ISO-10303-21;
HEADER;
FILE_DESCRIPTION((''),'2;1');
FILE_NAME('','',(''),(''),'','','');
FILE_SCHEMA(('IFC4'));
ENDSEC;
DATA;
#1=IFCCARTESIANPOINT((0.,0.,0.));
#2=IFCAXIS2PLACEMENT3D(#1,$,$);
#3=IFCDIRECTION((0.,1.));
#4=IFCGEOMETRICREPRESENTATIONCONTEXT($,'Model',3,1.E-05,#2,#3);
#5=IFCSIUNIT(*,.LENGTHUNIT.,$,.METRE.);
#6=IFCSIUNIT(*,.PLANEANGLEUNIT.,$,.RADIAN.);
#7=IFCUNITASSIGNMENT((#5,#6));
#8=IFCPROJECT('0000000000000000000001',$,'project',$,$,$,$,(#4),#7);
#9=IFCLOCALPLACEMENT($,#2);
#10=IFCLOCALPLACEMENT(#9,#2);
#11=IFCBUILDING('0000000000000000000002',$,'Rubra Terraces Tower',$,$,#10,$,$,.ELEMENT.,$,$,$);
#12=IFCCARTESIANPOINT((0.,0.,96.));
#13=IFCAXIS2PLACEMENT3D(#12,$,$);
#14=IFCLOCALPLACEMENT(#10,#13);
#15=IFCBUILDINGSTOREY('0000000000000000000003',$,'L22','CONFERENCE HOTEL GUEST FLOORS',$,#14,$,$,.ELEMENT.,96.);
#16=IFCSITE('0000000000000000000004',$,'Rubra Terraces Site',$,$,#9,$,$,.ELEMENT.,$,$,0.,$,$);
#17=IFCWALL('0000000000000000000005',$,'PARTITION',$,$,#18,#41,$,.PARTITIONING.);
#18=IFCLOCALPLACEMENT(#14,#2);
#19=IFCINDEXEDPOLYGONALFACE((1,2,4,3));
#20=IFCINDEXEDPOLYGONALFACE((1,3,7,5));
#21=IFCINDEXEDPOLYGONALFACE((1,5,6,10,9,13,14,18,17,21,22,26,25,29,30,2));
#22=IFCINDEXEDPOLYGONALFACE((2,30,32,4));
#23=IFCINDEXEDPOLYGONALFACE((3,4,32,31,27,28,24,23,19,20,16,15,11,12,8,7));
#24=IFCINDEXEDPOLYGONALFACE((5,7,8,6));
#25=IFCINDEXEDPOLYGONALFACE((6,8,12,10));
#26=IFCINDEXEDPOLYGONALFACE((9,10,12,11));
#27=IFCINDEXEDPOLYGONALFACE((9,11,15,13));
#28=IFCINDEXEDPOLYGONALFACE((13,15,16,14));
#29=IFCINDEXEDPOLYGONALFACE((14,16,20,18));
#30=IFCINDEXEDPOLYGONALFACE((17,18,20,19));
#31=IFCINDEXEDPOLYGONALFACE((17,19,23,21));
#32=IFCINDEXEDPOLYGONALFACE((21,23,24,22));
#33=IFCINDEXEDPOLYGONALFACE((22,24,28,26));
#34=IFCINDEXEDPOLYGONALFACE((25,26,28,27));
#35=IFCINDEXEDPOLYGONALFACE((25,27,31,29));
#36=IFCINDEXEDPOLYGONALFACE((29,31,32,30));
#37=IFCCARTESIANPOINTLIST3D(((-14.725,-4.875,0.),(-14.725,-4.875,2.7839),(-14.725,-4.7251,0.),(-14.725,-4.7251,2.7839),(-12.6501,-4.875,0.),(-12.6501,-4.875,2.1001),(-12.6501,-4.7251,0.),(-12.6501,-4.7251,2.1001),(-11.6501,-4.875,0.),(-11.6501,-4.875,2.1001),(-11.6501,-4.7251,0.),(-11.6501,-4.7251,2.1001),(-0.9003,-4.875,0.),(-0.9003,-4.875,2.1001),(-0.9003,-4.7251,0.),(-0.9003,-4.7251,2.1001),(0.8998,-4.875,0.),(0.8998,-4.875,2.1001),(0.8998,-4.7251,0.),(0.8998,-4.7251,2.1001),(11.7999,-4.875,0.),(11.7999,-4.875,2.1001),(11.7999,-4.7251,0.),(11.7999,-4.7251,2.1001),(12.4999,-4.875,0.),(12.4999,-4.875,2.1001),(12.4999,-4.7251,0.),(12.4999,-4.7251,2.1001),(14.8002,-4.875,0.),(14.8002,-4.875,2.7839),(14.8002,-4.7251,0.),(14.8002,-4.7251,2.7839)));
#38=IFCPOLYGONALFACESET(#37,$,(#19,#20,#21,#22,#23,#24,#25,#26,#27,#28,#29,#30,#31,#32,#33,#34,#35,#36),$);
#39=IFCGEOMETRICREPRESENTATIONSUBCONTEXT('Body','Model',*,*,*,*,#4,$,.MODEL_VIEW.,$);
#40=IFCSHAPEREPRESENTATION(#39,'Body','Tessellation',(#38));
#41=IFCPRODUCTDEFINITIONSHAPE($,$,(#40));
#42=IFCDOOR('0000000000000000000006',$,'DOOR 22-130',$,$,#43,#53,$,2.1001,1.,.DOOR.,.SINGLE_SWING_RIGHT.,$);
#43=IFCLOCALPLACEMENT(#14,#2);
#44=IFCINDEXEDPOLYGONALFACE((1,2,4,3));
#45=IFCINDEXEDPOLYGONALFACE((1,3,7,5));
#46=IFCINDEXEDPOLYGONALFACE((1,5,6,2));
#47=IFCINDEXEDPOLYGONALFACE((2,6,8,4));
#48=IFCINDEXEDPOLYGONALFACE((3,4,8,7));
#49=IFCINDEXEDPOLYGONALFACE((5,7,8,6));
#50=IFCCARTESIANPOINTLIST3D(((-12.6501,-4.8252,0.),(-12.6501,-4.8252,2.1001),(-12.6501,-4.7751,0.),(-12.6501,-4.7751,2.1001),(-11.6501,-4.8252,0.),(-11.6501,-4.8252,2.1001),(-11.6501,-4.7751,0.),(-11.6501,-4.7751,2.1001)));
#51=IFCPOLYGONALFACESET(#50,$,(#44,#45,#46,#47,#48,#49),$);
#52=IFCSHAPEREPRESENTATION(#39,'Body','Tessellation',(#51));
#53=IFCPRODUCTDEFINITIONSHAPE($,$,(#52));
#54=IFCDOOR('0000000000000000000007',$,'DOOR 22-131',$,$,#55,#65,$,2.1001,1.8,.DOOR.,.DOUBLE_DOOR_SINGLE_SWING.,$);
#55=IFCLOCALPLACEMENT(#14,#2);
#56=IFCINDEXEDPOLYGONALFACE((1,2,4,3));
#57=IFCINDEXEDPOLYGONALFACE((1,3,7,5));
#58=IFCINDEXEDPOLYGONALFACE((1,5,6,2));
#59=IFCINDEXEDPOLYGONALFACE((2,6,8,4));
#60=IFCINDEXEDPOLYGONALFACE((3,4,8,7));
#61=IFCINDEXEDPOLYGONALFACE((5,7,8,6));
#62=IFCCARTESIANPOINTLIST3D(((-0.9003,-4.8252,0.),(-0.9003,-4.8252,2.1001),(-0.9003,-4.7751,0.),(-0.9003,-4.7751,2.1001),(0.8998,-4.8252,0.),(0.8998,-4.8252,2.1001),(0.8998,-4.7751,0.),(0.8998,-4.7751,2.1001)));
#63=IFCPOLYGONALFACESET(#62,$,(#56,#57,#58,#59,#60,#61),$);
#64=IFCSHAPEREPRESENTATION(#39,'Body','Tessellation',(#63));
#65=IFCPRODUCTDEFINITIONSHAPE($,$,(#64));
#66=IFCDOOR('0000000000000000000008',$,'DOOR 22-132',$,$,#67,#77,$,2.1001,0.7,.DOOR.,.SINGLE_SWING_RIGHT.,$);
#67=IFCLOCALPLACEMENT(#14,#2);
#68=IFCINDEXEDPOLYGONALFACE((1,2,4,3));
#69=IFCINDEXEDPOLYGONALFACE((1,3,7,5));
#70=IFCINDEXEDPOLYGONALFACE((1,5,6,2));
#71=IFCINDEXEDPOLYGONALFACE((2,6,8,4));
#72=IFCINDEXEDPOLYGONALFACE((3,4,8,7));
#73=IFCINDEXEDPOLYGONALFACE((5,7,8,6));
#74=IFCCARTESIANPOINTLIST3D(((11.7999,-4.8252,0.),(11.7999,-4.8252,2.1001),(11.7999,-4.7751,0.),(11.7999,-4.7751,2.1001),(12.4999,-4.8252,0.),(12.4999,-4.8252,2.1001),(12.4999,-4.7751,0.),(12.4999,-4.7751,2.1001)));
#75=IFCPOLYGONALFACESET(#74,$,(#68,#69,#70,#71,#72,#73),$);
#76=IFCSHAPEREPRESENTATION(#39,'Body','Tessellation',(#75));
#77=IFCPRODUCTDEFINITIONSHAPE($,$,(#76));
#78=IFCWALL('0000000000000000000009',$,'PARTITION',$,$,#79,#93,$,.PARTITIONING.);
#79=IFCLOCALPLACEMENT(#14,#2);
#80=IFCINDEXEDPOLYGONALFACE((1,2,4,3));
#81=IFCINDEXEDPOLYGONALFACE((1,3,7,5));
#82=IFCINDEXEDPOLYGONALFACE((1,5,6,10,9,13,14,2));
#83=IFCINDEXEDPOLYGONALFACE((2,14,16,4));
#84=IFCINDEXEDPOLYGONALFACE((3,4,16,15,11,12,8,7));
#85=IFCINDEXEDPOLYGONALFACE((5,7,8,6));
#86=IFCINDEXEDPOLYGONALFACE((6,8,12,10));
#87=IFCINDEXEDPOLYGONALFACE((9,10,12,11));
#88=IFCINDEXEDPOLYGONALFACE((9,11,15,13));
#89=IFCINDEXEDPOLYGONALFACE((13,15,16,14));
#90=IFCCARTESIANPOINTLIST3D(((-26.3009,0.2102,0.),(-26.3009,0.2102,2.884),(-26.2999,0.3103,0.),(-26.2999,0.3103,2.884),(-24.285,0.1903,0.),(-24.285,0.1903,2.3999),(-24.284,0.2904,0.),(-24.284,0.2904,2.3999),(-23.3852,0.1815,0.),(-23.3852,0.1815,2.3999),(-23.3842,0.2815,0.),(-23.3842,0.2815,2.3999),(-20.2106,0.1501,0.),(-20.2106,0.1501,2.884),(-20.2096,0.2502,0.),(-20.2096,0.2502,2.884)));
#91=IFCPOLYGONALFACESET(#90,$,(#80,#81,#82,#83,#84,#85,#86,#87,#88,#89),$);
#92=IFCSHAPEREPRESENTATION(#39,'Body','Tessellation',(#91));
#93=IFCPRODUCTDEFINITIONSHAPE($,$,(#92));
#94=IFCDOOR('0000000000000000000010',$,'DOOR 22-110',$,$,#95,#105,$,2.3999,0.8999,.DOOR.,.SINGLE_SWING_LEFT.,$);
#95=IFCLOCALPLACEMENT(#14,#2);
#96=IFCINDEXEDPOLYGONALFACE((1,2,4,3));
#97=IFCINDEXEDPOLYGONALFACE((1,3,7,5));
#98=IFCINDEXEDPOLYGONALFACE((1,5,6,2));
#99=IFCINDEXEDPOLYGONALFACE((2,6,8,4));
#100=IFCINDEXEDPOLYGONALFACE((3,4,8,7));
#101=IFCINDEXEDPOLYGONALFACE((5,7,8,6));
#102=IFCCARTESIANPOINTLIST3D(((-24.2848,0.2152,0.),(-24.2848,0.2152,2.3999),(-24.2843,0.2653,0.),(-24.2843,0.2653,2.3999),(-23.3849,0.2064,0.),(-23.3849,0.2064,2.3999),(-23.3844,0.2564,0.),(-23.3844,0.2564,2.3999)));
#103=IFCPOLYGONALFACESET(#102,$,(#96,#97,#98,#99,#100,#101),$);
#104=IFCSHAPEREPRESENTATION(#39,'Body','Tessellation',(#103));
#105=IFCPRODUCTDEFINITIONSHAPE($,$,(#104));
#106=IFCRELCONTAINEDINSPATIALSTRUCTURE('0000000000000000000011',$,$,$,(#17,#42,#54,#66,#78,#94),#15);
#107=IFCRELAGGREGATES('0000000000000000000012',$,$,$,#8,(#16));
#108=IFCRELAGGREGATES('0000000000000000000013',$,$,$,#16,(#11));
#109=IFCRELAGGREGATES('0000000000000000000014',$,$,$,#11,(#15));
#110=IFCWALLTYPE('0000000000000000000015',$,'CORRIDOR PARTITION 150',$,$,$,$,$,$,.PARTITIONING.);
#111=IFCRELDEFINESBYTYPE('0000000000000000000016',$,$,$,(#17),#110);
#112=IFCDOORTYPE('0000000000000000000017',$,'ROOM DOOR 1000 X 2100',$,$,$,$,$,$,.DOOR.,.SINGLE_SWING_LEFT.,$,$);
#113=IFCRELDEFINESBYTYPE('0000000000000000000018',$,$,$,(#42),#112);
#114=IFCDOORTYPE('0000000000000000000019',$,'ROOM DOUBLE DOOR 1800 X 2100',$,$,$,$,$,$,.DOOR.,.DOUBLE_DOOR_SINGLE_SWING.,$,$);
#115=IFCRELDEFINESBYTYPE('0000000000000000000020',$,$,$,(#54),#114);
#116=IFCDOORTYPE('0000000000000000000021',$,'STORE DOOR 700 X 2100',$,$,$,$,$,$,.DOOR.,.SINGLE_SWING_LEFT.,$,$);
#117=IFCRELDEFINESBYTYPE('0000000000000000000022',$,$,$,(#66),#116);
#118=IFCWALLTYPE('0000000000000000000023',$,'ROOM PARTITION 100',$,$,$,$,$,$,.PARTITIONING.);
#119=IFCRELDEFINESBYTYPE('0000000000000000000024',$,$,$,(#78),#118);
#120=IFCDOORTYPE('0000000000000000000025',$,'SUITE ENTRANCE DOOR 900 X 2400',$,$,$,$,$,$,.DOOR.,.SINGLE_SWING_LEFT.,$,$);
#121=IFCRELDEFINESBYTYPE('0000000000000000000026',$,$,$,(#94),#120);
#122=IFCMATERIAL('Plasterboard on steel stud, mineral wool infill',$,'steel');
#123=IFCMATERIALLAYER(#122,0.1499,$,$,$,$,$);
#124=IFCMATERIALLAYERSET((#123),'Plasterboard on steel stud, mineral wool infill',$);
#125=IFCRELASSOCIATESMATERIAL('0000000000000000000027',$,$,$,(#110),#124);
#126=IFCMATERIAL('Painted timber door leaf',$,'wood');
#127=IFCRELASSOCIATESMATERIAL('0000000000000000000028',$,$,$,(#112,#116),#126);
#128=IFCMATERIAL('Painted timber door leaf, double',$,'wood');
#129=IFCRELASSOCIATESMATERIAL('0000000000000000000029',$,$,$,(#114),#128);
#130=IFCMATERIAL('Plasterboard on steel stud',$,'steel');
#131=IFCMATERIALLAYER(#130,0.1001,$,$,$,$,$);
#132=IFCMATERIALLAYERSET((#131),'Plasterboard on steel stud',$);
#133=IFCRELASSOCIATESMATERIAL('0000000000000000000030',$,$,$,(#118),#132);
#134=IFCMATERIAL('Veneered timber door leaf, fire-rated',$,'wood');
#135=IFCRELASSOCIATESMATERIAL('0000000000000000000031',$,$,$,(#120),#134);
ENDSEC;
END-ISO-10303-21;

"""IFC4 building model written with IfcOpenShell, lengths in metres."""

from ifc_helpers import new_model, si_unit, direction, frame, frame_2d, origin, place, context, subcontext, project, spatial, rectangle, extrude, material, layer, layer_set, type_object, element, fill, save


model = new_model("IFC4")

# Units and contexts
model_context = context("Model", 3, precision=1e-05, world=origin(), true_north=direction((0.0, 1.0)))
body_context = subcontext(model_context, "Body", "Model", "MODEL_VIEW")
ifc_project = project(units=[si_unit("LENGTHUNIT", "METRE"), si_unit("PLANEANGLEUNIT", "RADIAN")], contexts=[model_context])

# Site, building, storey
site_placement = place(None, origin())
site = spatial("IfcSite", under=ifc_project, at=site_placement, Name="Rubra Terraces Site", CompositionType="ELEMENT", RefElevation=0.0)
building_placement = place(site_placement, origin())
building = spatial("IfcBuilding", under=site, at=building_placement, Name="Rubra Terraces Tower", CompositionType="ELEMENT")
storey_placement = place(building_placement, frame((0.0, 0.0, 96.0)))
storey = spatial("IfcBuildingStorey", under=building, at=storey_placement, Name="L22", Description="CONFERENCE HOTEL GUEST FLOORS", CompositionType="ELEMENT", Elevation=96.0)

# Shared definitions
ifc_material_1 = material(Name="Plasterboard on steel stud, mineral wool infill", Category="steel")
ifc_layer_1 = layer(ifc_material_1, 0.1499)
ifc_layer_set_1 = layer_set([ifc_layer_1], Name="Plasterboard on steel stud, mineral wool infill")
wall_type_1 = type_object("IfcWallType", Name="CORRIDOR PARTITION 150", PredefinedType="PARTITIONING", material=ifc_layer_set_1)
ifc_material_2 = material(Name="Painted timber door leaf", Category="wood")
door_type_1 = type_object("IfcDoorType", Name="ROOM DOOR 1000 X 2100", OperationType="SINGLE_SWING_LEFT", PredefinedType="DOOR", material=ifc_material_2)

# Wall, openings, doors
wall_1_placement = place(storey_placement, frame((-14.7251, -4.8, 0.0), z_axis=(0.0, 0.0, 1.0), x_axis=(1.0, 0.0, 0.0)))
wall_1 = element("IfcWall", 1, at=wall_1_placement, inside=storey, type_object=wall_type_1, Name="PARTITION", PredefinedType="PARTITIONING", context=body_context, shape_type="SweptSolid", body=[
    extrude(rectangle(XDim=29.5251, YDim=0.1499, at=frame_2d((14.7627, 0.0))), origin(), (0.0, 0.0, 1.0), 2.7839),
])
opening_1_placement = place(wall_1_placement, frame((2.075, 0.0, 0.0)))
opening_1 = element("IfcOpeningElement", 2, at=opening_1_placement, cuts=wall_1, PredefinedType="OPENING", context=body_context, shape_type="SweptSolid", body=[
    extrude(rectangle(XDim=1.0, YDim=2.1001, at=frame_2d((0.5, 1.05))), frame((0.0, 0.085, 0.0), z_axis=(0.0, -1.0, 0.0), x_axis=(1.0, 0.0, 0.0)), (0.0, 0.0, 1.0), 0.1699),
])
opening_2_placement = place(wall_1_placement, frame((13.825, 0.0, 0.0)))
opening_2 = element("IfcOpeningElement", 3, at=opening_2_placement, cuts=wall_1, PredefinedType="OPENING", context=body_context, shape_type="SweptSolid", body=[
    extrude(rectangle(XDim=1.8, YDim=2.1001, at=frame_2d((0.8999, 1.05))), frame((0.0, 0.085, 0.0), z_axis=(0.0, -1.0, 0.0), x_axis=(1.0, 0.0, 0.0)), (0.0, 0.0, 1.0), 0.1699),
])
opening_3_placement = place(wall_1_placement, frame((26.5249, 0.0, 0.0)))
opening_3 = element("IfcOpeningElement", 4, at=opening_3_placement, cuts=wall_1, PredefinedType="OPENING", context=body_context, shape_type="SweptSolid", body=[
    extrude(rectangle(XDim=0.7, YDim=2.1001, at=frame_2d((0.3501, 1.05))), frame((0.0, 0.085, 0.0), z_axis=(0.0, -1.0, 0.0), x_axis=(1.0, 0.0, 0.0)), (0.0, 0.0, 1.0), 0.1699),
])
door_1_placement = place(opening_1_placement, origin())
door_1 = element("IfcDoor", 5, at=door_1_placement, inside=storey, type_object=door_type_1, Name="DOOR 22-130", OperationType="SINGLE_SWING_RIGHT", OverallHeight=2.1001, OverallWidth=1.0, PredefinedType="DOOR", context=body_context, shape_type="SweptSolid", body=[
    extrude(rectangle(XDim=1.0, YDim=2.1001, at=frame_2d((0.5, 1.05))), frame((0.0, 0.0249, 0.0), z_axis=(0.0, -1.0, 0.0), x_axis=(1.0, 0.0, 0.0)), (0.0, 0.0, 1.0), 0.05),
])
fill(opening_1, door_1)
ifc_material_3 = material(Name="Painted timber door leaf, double", Category="wood")
door_type_2 = type_object("IfcDoorType", Name="ROOM DOUBLE DOOR 1800 X 2100", OperationType="DOUBLE_DOOR_SINGLE_SWING", PredefinedType="DOOR", material=ifc_material_3)
door_2_placement = place(opening_2_placement, origin())
door_2 = element("IfcDoor", 6, at=door_2_placement, inside=storey, type_object=door_type_2, Name="DOOR 22-131", OperationType="DOUBLE_DOOR_SINGLE_SWING", OverallHeight=2.1001, OverallWidth=1.8, PredefinedType="DOOR", context=body_context, shape_type="SweptSolid", body=[
    extrude(rectangle(XDim=1.8, YDim=2.1001, at=frame_2d((0.8999, 1.05))), frame((0.0, 0.0249, 0.0), z_axis=(0.0, -1.0, 0.0), x_axis=(1.0, 0.0, 0.0)), (0.0, 0.0, 1.0), 0.05),
])
fill(opening_2, door_2)
door_type_3 = type_object("IfcDoorType", Name="STORE DOOR 700 X 2100", OperationType="SINGLE_SWING_LEFT", PredefinedType="DOOR", material=ifc_material_2)
door_3_placement = place(opening_3_placement, origin())
door_3 = element("IfcDoor", 7, at=door_3_placement, inside=storey, type_object=door_type_3, Name="DOOR 22-132", OperationType="SINGLE_SWING_RIGHT", OverallHeight=2.1001, OverallWidth=0.7, PredefinedType="DOOR", context=body_context, shape_type="SweptSolid", body=[
    extrude(rectangle(XDim=0.7, YDim=2.1001, at=frame_2d((0.3501, 1.05))), frame((0.0, 0.0249, 0.0), z_axis=(0.0, -1.0, 0.0), x_axis=(1.0, 0.0, 0.0)), (0.0, 0.0, 1.0), 0.05),
])
fill(opening_3, door_3)

# Wall, opening, door
ifc_material_4 = material(Name="Plasterboard on steel stud", Category="steel")
ifc_layer_2 = layer(ifc_material_4, 0.1001)
ifc_layer_set_2 = layer_set([ifc_layer_2], Name="Plasterboard on steel stud")
wall_type_2 = type_object("IfcWallType", Name="ROOM PARTITION 100", PredefinedType="PARTITIONING", material=ifc_layer_set_2)
wall_2_placement = place(storey_placement, frame((-26.3005, 0.2603, 0.0), z_axis=(0.0, 0.0, 1.0), x_axis=(0.999951, -0.009861, 0.0)))
wall_2 = element("IfcWall", 8, at=wall_2_placement, inside=storey, type_object=wall_type_2, Name="PARTITION", PredefinedType="PARTITIONING", context=body_context, shape_type="SweptSolid", body=[
    extrude(rectangle(XDim=6.0906, YDim=0.1001, at=frame_2d((3.0454, 0.0))), origin(), (0.0, 0.0, 1.0), 2.884),
])
opening_4_placement = place(wall_2_placement, frame((2.0161, 0.0, 0.0)))
opening_4 = element("IfcOpeningElement", 9, at=opening_4_placement, cuts=wall_2, PredefinedType="OPENING", context=body_context, shape_type="SweptSolid", body=[
    extrude(rectangle(XDim=0.8999, YDim=2.3999, at=frame_2d((0.45, 1.2))), frame((0.0, 0.0601, 0.0), z_axis=(0.0, -1.0, 0.0), x_axis=(1.0, 0.0, 0.0)), (0.0, 0.0, 1.0), 0.1201),
])
ifc_material_5 = material(Name="Veneered timber door leaf, fire-rated", Category="wood")
door_type_4 = type_object("IfcDoorType", Name="SUITE ENTRANCE DOOR 900 X 2400", OperationType="SINGLE_SWING_LEFT", PredefinedType="DOOR", material=ifc_material_5)
door_4_placement = place(opening_4_placement, origin())
door_4 = element("IfcDoor", 10, at=door_4_placement, inside=storey, type_object=door_type_4, Name="DOOR 22-110", OperationType="SINGLE_SWING_LEFT", OverallHeight=2.3999, OverallWidth=0.8999, PredefinedType="DOOR", context=body_context, shape_type="SweptSolid", body=[
    extrude(rectangle(XDim=0.8999, YDim=2.3999, at=frame_2d((0.45, 1.2))), frame((0.0, 0.0249, 0.0), z_axis=(0.0, -1.0, 0.0), x_axis=(1.0, 0.0, 0.0)), (0.0, 0.0, 1.0), 0.05),
])
fill(opening_4, door_4)

save(model, "model.ifc")
